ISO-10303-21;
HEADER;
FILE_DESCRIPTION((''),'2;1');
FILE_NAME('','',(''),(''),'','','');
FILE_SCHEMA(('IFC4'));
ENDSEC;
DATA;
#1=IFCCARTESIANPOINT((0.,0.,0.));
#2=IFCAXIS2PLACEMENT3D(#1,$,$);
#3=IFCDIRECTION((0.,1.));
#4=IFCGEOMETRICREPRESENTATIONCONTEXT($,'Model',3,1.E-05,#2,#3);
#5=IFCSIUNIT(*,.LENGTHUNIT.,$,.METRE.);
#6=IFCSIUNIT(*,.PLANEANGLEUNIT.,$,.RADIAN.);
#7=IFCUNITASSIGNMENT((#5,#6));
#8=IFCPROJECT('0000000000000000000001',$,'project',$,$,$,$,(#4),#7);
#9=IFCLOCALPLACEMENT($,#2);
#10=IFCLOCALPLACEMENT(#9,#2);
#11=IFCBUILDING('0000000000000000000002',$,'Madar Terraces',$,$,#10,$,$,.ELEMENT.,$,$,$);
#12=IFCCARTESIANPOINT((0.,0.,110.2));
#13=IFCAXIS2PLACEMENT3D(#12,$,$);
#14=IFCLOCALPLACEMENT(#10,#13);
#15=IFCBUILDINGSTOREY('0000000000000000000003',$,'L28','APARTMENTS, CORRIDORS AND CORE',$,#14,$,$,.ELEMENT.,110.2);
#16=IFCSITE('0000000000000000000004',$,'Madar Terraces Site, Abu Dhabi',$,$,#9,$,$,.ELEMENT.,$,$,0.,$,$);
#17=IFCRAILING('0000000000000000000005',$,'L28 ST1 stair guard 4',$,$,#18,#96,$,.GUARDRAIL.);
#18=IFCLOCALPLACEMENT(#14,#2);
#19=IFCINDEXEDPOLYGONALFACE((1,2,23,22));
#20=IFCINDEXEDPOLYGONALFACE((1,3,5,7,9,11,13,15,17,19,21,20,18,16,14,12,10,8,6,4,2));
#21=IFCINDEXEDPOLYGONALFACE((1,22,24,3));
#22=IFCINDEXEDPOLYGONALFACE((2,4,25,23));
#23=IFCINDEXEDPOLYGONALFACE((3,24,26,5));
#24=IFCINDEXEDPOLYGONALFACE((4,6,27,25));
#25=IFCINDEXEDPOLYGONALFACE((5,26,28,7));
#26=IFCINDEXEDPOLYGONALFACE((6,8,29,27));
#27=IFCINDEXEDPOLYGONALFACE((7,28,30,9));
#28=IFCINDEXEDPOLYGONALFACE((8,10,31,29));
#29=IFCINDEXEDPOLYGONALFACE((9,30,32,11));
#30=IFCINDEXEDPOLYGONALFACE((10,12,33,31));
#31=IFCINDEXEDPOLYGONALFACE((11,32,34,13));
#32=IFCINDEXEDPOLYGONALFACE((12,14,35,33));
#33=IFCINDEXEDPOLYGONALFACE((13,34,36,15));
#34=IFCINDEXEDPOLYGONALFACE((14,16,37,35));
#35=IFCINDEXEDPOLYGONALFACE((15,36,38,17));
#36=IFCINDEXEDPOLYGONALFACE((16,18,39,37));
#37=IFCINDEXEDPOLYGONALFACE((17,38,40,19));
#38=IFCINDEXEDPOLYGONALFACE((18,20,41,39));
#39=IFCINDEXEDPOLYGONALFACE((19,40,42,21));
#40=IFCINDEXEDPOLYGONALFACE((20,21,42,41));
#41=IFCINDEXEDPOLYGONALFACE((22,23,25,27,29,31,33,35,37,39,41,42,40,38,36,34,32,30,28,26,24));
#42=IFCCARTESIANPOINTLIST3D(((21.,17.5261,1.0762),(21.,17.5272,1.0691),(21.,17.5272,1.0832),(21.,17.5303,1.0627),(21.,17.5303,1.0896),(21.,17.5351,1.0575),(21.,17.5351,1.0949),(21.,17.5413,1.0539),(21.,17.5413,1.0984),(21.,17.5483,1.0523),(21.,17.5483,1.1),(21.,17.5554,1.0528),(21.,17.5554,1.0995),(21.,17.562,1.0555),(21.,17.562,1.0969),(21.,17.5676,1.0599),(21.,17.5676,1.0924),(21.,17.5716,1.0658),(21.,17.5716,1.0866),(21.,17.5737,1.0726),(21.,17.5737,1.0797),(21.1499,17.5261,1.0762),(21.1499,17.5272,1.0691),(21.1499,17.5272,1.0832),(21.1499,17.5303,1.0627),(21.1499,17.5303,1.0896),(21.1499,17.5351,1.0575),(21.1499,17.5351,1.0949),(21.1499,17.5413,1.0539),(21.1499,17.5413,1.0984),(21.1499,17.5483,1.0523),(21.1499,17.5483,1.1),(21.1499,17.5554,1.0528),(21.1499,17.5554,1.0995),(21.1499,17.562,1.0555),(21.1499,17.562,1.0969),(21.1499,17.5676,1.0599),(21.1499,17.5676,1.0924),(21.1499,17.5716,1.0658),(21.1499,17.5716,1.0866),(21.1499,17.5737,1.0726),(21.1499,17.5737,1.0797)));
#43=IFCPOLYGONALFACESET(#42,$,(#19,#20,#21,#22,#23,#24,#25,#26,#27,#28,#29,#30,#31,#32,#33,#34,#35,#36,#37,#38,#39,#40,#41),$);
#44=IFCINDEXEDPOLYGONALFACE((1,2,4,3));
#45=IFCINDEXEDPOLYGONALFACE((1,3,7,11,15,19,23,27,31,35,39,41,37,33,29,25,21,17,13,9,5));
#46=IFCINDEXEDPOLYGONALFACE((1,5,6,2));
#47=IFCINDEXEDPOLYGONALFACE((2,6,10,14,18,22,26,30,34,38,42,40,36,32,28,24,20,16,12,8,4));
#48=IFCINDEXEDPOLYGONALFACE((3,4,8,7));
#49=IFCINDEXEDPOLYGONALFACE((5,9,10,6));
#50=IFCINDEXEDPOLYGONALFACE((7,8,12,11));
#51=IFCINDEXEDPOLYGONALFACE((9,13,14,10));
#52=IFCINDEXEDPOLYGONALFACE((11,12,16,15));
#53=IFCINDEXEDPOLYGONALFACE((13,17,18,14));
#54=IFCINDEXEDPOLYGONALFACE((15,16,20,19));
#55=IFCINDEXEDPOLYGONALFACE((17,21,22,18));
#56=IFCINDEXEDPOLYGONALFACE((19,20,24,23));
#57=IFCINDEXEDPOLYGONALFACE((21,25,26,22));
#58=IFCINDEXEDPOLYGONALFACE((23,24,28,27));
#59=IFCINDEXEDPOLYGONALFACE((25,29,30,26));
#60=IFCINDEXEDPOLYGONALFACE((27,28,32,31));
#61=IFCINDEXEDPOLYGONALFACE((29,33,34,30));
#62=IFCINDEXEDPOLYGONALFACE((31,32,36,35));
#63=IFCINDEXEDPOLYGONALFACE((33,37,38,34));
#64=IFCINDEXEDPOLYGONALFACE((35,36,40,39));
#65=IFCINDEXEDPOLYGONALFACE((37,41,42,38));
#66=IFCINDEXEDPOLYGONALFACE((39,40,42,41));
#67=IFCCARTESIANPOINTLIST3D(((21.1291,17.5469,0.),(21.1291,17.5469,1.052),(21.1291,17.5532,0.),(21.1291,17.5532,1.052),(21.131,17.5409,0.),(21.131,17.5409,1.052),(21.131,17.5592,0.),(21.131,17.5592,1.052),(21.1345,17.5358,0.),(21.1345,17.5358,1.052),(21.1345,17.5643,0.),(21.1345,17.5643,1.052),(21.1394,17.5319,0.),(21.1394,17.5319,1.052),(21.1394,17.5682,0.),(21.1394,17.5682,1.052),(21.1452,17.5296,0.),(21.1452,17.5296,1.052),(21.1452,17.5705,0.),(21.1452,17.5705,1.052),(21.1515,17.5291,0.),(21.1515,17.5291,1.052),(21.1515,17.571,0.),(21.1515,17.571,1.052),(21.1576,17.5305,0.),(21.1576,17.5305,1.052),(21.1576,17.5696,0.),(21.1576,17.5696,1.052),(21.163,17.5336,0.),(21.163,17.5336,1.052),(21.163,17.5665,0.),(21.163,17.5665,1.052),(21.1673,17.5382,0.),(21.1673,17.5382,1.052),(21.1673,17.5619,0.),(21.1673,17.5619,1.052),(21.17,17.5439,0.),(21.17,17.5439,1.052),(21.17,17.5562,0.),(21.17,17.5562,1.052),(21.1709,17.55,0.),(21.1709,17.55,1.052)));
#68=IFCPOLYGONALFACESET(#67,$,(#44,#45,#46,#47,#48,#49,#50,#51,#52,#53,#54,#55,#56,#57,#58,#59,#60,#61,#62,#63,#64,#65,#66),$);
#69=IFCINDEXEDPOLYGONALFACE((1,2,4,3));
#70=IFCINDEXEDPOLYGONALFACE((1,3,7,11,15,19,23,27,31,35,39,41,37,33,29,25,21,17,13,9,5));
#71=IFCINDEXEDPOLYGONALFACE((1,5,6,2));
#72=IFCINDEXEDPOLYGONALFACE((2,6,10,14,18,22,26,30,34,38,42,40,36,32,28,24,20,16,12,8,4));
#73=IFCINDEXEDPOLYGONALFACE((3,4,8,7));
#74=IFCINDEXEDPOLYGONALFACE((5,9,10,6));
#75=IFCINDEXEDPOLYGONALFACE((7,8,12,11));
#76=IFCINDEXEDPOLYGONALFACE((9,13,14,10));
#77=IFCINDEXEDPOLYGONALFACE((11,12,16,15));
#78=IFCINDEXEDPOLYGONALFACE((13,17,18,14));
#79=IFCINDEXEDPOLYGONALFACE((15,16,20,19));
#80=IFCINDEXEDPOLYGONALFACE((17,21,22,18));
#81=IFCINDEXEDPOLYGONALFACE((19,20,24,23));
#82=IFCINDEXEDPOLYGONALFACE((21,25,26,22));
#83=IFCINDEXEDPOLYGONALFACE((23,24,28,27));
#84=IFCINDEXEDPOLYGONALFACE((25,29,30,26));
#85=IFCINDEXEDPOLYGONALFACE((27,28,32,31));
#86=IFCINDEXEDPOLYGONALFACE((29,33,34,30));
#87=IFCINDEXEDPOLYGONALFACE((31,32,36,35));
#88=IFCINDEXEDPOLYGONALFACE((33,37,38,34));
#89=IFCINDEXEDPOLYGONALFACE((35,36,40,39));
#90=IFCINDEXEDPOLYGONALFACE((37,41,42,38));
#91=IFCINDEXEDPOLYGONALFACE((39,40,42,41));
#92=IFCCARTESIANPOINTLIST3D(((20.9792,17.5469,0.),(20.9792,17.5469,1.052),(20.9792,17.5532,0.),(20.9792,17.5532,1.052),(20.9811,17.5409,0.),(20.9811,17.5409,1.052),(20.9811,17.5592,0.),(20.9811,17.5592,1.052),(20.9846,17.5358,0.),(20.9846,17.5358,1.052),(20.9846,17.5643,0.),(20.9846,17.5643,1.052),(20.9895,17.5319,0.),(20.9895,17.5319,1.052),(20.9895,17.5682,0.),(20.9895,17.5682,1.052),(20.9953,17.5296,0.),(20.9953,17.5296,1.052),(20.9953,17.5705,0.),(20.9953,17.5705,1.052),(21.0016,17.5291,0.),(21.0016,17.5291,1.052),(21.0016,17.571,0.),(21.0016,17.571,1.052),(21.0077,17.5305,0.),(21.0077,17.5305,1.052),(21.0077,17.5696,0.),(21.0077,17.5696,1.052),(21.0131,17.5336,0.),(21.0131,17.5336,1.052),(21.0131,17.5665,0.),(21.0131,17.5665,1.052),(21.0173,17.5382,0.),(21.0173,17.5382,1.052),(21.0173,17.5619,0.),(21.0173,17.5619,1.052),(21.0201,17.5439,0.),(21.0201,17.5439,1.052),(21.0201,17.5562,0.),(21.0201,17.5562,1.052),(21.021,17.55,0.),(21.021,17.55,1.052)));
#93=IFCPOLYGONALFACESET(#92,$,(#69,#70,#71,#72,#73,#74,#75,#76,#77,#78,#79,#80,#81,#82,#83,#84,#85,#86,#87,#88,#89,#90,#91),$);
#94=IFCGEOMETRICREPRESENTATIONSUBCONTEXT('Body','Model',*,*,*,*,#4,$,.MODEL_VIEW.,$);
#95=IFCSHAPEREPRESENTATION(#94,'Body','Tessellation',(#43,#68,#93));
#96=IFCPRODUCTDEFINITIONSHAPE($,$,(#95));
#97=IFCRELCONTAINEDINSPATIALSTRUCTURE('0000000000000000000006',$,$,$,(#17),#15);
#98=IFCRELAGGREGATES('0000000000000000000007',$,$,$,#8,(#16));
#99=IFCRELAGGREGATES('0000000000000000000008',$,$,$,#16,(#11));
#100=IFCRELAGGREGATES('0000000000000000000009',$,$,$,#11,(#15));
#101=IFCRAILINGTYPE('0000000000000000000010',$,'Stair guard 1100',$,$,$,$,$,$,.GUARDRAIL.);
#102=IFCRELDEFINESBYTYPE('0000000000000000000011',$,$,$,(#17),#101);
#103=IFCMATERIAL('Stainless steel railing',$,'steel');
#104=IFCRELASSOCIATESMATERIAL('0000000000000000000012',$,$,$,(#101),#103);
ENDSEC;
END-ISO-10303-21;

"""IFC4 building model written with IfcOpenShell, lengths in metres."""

from ifc_helpers import new_model, si_unit, direction, frame, origin, origin_2d, place, context, subcontext, project, spatial, circle, extrude, material, type_object, element, save


model = new_model("IFC4")

# Units and contexts
model_context = context("Model", 3, precision=1e-05, world=origin(), true_north=direction((0.0, 1.0)))
body_context = subcontext(model_context, "Body", "Model", "MODEL_VIEW")
ifc_project = project(units=[si_unit("LENGTHUNIT", "METRE"), si_unit("PLANEANGLEUNIT", "RADIAN")], contexts=[model_context])

# Site, building, storey
site_placement = place(None, origin())
site = spatial("IfcSite", under=ifc_project, at=site_placement, Name="Madar Terraces Site, Abu Dhabi", CompositionType="ELEMENT", RefElevation=0.0)
building_placement = place(site_placement, origin())
building = spatial("IfcBuilding", under=site, at=building_placement, Name="Madar Terraces", CompositionType="ELEMENT")
storey_placement = place(building_placement, frame((0.0, 0.0, 110.2)))
storey = spatial("IfcBuildingStorey", under=building, at=storey_placement, Name="L28", Description="APARTMENTS, CORRIDORS AND CORE", CompositionType="ELEMENT", Elevation=110.2)

# Railing
ifc_material_1 = material(Name="Stainless steel railing", Category="steel")
railing_type_1 = type_object("IfcRailingType", Name="Stair guard 1100", PredefinedType="GUARDRAIL", material=ifc_material_1)
railing_1_placement = place(storey_placement, frame((21.1499, 17.55, 0.0)))
element("IfcRailing", 1, at=railing_1_placement, inside=storey, type_object=railing_type_1, Name="L28 ST1 stair guard 4", PredefinedType="GUARDRAIL", context=body_context, shape_type="SweptSolid", body=[
    extrude(circle(Radius=0.0239, at=origin_2d()), frame((0.0, 0.0, 1.0762), z_axis=(-1.0, 0.0, 0.0), x_axis=(0.0, -1.0, 0.0)), (0.0, 0.0, 1.0), 0.1499),
    extrude(circle(Radius=0.021, at=origin_2d()), origin(), (0.0, 0.0, 1.0), 1.052),
    extrude(circle(Radius=0.021, at=origin_2d()), frame((-0.1499, 0.0, 0.0)), (0.0, 0.0, 1.0), 1.052),
])

save(model, "model.ifc")
